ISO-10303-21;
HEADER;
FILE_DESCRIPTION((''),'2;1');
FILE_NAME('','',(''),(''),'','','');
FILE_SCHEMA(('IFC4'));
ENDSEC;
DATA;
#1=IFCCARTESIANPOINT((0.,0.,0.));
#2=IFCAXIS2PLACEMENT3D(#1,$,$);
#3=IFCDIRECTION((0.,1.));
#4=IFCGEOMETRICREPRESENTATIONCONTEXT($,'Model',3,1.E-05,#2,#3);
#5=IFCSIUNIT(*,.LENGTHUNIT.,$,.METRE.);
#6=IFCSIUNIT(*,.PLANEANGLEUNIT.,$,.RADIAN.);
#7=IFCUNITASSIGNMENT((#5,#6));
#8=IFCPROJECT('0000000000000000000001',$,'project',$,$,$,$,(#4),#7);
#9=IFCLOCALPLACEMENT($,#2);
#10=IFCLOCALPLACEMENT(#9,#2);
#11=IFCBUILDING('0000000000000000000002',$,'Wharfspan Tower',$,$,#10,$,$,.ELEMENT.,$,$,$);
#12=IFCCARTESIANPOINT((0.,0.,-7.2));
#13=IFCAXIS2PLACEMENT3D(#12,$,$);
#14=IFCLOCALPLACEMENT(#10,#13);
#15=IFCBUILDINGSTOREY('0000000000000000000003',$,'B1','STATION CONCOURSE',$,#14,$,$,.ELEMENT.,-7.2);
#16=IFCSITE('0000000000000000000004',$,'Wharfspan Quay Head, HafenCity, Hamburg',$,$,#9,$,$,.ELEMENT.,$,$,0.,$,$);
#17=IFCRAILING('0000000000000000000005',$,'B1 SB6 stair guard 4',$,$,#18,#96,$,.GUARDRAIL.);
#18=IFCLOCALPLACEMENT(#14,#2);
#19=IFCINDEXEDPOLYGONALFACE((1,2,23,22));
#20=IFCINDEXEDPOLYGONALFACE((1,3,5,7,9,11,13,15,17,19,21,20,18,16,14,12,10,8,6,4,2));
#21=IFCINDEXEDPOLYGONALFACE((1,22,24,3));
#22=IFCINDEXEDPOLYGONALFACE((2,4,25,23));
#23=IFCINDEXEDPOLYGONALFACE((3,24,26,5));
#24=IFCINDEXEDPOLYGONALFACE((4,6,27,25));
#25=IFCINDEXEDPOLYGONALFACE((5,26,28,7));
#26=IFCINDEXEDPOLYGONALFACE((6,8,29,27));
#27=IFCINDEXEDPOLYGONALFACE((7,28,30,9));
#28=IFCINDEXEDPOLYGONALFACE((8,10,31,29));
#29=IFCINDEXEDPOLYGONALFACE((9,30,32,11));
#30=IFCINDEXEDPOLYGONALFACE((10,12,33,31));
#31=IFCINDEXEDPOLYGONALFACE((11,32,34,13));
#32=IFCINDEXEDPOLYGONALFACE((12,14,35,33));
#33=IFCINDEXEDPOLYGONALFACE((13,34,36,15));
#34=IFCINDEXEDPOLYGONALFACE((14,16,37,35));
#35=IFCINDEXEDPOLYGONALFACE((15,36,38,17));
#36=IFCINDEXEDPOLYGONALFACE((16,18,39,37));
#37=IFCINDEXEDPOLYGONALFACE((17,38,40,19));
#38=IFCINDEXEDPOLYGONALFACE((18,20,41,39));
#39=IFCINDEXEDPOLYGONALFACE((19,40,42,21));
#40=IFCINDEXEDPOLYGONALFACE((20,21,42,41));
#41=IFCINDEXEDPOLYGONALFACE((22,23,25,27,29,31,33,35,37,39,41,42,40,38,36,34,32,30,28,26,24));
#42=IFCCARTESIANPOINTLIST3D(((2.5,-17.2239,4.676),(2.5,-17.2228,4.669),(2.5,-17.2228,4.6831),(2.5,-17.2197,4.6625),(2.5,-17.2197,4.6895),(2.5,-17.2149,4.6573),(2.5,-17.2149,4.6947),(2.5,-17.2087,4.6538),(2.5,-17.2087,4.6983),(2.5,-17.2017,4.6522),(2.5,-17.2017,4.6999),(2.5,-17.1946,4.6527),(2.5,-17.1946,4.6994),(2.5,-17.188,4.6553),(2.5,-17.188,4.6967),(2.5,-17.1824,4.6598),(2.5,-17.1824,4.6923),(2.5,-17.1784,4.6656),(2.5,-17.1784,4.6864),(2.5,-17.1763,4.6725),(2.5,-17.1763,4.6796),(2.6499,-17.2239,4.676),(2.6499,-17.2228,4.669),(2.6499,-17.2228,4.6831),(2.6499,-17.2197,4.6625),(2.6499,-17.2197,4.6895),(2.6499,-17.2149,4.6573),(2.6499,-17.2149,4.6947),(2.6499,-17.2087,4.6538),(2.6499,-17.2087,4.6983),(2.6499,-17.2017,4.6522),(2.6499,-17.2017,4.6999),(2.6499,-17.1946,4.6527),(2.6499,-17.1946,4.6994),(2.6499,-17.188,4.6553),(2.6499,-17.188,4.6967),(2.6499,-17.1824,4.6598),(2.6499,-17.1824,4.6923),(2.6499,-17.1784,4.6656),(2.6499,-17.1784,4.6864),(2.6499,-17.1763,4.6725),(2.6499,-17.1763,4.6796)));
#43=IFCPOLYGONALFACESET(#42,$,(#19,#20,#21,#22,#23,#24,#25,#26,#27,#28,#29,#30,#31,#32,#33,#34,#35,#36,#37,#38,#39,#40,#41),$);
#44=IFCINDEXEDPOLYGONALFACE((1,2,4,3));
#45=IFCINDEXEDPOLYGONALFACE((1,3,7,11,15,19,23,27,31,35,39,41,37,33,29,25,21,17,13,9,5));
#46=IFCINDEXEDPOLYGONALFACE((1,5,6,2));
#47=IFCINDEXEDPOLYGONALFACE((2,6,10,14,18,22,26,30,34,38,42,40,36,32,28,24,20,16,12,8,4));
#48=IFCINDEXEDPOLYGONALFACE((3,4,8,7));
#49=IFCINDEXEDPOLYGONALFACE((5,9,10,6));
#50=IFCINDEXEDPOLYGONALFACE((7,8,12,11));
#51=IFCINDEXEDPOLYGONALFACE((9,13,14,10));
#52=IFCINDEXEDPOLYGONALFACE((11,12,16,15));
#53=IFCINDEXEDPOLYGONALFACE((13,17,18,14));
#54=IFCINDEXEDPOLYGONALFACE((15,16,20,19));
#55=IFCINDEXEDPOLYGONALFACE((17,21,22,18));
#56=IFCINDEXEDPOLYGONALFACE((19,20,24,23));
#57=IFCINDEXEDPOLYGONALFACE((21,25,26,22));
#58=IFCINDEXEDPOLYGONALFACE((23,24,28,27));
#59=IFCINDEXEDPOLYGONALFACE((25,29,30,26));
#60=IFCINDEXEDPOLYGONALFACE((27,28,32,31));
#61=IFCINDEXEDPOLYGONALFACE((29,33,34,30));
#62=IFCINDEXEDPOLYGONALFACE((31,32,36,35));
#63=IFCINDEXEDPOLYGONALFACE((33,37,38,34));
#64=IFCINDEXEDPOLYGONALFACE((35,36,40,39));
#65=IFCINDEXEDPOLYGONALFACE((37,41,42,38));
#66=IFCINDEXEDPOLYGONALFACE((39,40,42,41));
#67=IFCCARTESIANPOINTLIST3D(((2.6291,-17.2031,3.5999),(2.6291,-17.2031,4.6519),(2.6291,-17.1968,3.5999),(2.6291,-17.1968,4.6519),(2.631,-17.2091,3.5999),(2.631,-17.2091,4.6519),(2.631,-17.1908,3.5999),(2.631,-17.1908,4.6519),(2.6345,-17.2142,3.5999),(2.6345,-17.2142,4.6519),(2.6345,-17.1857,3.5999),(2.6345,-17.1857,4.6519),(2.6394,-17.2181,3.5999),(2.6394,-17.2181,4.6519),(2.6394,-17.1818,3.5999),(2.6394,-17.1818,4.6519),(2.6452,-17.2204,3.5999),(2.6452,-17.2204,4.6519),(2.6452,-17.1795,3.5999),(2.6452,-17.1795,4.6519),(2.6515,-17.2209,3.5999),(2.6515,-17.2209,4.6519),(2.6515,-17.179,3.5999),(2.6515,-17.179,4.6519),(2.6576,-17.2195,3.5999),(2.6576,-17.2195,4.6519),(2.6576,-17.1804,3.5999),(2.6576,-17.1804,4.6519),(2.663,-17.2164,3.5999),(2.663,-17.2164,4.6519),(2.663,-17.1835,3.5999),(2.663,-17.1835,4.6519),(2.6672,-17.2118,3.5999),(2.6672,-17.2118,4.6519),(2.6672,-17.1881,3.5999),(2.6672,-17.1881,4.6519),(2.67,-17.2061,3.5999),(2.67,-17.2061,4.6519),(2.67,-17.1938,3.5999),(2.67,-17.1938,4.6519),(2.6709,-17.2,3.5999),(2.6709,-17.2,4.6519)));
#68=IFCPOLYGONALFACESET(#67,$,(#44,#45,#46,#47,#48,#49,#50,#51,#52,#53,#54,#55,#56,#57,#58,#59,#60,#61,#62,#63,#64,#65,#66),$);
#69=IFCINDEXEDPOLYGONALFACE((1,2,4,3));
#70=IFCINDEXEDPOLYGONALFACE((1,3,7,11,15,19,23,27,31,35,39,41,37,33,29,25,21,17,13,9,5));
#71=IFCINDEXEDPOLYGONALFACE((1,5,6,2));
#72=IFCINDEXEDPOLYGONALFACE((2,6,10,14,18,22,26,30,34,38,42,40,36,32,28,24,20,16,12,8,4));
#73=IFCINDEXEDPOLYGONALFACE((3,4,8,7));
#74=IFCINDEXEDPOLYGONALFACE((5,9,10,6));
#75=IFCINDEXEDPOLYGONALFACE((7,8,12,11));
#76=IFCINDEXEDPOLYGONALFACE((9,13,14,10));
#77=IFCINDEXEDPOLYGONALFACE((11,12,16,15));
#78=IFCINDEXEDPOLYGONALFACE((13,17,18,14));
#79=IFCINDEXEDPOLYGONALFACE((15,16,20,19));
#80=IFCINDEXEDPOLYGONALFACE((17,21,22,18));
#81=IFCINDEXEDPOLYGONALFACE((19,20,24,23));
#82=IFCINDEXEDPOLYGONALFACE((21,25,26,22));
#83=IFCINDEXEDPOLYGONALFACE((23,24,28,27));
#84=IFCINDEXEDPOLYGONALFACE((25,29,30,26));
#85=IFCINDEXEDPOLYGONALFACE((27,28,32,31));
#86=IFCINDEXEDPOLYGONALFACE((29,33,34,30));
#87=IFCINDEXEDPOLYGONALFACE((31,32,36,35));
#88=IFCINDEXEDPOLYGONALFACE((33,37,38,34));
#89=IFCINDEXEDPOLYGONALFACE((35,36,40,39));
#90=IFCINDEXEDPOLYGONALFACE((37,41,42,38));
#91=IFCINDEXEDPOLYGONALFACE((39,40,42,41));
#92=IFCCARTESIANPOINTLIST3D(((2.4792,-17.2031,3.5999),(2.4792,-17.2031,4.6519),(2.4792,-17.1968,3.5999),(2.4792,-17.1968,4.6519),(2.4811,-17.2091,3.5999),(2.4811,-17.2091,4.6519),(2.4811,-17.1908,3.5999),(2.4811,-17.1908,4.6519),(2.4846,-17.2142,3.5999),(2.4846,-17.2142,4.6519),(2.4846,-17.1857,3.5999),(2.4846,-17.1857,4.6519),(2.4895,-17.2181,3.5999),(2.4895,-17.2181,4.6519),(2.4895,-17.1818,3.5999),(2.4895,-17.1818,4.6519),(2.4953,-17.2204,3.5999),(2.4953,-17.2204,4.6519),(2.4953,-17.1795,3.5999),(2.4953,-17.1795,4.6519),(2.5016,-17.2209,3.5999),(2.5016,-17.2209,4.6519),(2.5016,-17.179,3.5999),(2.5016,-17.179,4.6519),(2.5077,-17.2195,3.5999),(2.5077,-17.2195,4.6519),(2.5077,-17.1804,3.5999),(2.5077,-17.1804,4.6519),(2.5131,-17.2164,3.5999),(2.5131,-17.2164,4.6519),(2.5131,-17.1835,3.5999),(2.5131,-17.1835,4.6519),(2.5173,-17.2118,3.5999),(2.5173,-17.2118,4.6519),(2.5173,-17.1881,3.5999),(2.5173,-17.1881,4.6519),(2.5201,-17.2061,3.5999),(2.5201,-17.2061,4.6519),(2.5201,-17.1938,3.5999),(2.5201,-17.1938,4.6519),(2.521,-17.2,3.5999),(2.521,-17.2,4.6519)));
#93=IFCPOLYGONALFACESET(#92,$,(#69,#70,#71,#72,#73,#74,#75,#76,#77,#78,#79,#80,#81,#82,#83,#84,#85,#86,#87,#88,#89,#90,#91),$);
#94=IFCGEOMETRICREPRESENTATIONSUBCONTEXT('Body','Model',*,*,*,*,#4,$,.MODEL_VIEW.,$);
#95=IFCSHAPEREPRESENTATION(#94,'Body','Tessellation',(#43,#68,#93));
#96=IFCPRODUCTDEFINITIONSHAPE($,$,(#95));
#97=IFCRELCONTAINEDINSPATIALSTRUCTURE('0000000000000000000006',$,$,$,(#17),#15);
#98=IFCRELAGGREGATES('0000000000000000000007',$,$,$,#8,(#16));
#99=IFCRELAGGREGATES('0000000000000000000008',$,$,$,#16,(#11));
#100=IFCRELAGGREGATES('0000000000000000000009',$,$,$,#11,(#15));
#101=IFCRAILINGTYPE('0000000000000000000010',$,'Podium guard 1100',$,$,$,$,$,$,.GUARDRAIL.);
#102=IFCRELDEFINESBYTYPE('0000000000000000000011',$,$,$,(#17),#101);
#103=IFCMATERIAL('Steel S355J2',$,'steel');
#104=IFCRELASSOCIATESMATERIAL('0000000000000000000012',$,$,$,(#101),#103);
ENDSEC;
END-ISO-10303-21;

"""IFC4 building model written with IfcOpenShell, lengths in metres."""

from ifc_helpers import new_model, si_unit, direction, frame, origin, origin_2d, place, context, subcontext, project, spatial, circle, extrude, material, type_object, element, save


model = new_model("IFC4")

# Units and contexts
model_context = context("Model", 3, precision=1e-05, world=origin(), true_north=direction((0.0, 1.0)))
body_context = subcontext(model_context, "Body", "Model", "MODEL_VIEW")
ifc_project = project(units=[si_unit("LENGTHUNIT", "METRE"), si_unit("PLANEANGLEUNIT", "RADIAN")], contexts=[model_context])

# Site, building, storey
site_placement = place(None, origin())
site = spatial("IfcSite", under=ifc_project, at=site_placement, Name="Wharfspan Quay Head, HafenCity, Hamburg", CompositionType="ELEMENT", RefElevation=0.0)
building_placement = place(site_placement, origin())
building = spatial("IfcBuilding", under=site, at=building_placement, Name="Wharfspan Tower", CompositionType="ELEMENT")
storey_placement = place(building_placement, frame((0.0, 0.0, -7.2)))
storey = spatial("IfcBuildingStorey", under=building, at=storey_placement, Name="B1", Description="STATION CONCOURSE", CompositionType="ELEMENT", Elevation=-7.2)

# Railing
ifc_material_1 = material(Name="Steel S355J2", Category="steel")
railing_type = type_object("IfcRailingType", Name="Podium guard 1100", PredefinedType="GUARDRAIL", material=ifc_material_1)
railing_1_placement = place(storey_placement, frame((2.6499, -17.2, 3.5999)))
element("IfcRailing", 1, at=railing_1_placement, inside=storey, type_object=railing_type, Name="B1 SB6 stair guard 4", PredefinedType="GUARDRAIL", context=body_context, shape_type="SweptSolid", body=[
    extrude(circle(Radius=0.0239, at=origin_2d()), frame((0.0, 0.0, 1.0762), z_axis=(-1.0, 0.0, 0.0), x_axis=(0.0, -1.0, 0.0)), (0.0, 0.0, 1.0), 0.1499),
    extrude(circle(Radius=0.021, at=origin_2d()), origin(), (0.0, 0.0, 1.0), 1.052),
    extrude(circle(Radius=0.021, at=origin_2d()), frame((-0.1499, 0.0, 0.0)), (0.0, 0.0, 1.0), 1.052),
])

save(model, "model.ifc")
